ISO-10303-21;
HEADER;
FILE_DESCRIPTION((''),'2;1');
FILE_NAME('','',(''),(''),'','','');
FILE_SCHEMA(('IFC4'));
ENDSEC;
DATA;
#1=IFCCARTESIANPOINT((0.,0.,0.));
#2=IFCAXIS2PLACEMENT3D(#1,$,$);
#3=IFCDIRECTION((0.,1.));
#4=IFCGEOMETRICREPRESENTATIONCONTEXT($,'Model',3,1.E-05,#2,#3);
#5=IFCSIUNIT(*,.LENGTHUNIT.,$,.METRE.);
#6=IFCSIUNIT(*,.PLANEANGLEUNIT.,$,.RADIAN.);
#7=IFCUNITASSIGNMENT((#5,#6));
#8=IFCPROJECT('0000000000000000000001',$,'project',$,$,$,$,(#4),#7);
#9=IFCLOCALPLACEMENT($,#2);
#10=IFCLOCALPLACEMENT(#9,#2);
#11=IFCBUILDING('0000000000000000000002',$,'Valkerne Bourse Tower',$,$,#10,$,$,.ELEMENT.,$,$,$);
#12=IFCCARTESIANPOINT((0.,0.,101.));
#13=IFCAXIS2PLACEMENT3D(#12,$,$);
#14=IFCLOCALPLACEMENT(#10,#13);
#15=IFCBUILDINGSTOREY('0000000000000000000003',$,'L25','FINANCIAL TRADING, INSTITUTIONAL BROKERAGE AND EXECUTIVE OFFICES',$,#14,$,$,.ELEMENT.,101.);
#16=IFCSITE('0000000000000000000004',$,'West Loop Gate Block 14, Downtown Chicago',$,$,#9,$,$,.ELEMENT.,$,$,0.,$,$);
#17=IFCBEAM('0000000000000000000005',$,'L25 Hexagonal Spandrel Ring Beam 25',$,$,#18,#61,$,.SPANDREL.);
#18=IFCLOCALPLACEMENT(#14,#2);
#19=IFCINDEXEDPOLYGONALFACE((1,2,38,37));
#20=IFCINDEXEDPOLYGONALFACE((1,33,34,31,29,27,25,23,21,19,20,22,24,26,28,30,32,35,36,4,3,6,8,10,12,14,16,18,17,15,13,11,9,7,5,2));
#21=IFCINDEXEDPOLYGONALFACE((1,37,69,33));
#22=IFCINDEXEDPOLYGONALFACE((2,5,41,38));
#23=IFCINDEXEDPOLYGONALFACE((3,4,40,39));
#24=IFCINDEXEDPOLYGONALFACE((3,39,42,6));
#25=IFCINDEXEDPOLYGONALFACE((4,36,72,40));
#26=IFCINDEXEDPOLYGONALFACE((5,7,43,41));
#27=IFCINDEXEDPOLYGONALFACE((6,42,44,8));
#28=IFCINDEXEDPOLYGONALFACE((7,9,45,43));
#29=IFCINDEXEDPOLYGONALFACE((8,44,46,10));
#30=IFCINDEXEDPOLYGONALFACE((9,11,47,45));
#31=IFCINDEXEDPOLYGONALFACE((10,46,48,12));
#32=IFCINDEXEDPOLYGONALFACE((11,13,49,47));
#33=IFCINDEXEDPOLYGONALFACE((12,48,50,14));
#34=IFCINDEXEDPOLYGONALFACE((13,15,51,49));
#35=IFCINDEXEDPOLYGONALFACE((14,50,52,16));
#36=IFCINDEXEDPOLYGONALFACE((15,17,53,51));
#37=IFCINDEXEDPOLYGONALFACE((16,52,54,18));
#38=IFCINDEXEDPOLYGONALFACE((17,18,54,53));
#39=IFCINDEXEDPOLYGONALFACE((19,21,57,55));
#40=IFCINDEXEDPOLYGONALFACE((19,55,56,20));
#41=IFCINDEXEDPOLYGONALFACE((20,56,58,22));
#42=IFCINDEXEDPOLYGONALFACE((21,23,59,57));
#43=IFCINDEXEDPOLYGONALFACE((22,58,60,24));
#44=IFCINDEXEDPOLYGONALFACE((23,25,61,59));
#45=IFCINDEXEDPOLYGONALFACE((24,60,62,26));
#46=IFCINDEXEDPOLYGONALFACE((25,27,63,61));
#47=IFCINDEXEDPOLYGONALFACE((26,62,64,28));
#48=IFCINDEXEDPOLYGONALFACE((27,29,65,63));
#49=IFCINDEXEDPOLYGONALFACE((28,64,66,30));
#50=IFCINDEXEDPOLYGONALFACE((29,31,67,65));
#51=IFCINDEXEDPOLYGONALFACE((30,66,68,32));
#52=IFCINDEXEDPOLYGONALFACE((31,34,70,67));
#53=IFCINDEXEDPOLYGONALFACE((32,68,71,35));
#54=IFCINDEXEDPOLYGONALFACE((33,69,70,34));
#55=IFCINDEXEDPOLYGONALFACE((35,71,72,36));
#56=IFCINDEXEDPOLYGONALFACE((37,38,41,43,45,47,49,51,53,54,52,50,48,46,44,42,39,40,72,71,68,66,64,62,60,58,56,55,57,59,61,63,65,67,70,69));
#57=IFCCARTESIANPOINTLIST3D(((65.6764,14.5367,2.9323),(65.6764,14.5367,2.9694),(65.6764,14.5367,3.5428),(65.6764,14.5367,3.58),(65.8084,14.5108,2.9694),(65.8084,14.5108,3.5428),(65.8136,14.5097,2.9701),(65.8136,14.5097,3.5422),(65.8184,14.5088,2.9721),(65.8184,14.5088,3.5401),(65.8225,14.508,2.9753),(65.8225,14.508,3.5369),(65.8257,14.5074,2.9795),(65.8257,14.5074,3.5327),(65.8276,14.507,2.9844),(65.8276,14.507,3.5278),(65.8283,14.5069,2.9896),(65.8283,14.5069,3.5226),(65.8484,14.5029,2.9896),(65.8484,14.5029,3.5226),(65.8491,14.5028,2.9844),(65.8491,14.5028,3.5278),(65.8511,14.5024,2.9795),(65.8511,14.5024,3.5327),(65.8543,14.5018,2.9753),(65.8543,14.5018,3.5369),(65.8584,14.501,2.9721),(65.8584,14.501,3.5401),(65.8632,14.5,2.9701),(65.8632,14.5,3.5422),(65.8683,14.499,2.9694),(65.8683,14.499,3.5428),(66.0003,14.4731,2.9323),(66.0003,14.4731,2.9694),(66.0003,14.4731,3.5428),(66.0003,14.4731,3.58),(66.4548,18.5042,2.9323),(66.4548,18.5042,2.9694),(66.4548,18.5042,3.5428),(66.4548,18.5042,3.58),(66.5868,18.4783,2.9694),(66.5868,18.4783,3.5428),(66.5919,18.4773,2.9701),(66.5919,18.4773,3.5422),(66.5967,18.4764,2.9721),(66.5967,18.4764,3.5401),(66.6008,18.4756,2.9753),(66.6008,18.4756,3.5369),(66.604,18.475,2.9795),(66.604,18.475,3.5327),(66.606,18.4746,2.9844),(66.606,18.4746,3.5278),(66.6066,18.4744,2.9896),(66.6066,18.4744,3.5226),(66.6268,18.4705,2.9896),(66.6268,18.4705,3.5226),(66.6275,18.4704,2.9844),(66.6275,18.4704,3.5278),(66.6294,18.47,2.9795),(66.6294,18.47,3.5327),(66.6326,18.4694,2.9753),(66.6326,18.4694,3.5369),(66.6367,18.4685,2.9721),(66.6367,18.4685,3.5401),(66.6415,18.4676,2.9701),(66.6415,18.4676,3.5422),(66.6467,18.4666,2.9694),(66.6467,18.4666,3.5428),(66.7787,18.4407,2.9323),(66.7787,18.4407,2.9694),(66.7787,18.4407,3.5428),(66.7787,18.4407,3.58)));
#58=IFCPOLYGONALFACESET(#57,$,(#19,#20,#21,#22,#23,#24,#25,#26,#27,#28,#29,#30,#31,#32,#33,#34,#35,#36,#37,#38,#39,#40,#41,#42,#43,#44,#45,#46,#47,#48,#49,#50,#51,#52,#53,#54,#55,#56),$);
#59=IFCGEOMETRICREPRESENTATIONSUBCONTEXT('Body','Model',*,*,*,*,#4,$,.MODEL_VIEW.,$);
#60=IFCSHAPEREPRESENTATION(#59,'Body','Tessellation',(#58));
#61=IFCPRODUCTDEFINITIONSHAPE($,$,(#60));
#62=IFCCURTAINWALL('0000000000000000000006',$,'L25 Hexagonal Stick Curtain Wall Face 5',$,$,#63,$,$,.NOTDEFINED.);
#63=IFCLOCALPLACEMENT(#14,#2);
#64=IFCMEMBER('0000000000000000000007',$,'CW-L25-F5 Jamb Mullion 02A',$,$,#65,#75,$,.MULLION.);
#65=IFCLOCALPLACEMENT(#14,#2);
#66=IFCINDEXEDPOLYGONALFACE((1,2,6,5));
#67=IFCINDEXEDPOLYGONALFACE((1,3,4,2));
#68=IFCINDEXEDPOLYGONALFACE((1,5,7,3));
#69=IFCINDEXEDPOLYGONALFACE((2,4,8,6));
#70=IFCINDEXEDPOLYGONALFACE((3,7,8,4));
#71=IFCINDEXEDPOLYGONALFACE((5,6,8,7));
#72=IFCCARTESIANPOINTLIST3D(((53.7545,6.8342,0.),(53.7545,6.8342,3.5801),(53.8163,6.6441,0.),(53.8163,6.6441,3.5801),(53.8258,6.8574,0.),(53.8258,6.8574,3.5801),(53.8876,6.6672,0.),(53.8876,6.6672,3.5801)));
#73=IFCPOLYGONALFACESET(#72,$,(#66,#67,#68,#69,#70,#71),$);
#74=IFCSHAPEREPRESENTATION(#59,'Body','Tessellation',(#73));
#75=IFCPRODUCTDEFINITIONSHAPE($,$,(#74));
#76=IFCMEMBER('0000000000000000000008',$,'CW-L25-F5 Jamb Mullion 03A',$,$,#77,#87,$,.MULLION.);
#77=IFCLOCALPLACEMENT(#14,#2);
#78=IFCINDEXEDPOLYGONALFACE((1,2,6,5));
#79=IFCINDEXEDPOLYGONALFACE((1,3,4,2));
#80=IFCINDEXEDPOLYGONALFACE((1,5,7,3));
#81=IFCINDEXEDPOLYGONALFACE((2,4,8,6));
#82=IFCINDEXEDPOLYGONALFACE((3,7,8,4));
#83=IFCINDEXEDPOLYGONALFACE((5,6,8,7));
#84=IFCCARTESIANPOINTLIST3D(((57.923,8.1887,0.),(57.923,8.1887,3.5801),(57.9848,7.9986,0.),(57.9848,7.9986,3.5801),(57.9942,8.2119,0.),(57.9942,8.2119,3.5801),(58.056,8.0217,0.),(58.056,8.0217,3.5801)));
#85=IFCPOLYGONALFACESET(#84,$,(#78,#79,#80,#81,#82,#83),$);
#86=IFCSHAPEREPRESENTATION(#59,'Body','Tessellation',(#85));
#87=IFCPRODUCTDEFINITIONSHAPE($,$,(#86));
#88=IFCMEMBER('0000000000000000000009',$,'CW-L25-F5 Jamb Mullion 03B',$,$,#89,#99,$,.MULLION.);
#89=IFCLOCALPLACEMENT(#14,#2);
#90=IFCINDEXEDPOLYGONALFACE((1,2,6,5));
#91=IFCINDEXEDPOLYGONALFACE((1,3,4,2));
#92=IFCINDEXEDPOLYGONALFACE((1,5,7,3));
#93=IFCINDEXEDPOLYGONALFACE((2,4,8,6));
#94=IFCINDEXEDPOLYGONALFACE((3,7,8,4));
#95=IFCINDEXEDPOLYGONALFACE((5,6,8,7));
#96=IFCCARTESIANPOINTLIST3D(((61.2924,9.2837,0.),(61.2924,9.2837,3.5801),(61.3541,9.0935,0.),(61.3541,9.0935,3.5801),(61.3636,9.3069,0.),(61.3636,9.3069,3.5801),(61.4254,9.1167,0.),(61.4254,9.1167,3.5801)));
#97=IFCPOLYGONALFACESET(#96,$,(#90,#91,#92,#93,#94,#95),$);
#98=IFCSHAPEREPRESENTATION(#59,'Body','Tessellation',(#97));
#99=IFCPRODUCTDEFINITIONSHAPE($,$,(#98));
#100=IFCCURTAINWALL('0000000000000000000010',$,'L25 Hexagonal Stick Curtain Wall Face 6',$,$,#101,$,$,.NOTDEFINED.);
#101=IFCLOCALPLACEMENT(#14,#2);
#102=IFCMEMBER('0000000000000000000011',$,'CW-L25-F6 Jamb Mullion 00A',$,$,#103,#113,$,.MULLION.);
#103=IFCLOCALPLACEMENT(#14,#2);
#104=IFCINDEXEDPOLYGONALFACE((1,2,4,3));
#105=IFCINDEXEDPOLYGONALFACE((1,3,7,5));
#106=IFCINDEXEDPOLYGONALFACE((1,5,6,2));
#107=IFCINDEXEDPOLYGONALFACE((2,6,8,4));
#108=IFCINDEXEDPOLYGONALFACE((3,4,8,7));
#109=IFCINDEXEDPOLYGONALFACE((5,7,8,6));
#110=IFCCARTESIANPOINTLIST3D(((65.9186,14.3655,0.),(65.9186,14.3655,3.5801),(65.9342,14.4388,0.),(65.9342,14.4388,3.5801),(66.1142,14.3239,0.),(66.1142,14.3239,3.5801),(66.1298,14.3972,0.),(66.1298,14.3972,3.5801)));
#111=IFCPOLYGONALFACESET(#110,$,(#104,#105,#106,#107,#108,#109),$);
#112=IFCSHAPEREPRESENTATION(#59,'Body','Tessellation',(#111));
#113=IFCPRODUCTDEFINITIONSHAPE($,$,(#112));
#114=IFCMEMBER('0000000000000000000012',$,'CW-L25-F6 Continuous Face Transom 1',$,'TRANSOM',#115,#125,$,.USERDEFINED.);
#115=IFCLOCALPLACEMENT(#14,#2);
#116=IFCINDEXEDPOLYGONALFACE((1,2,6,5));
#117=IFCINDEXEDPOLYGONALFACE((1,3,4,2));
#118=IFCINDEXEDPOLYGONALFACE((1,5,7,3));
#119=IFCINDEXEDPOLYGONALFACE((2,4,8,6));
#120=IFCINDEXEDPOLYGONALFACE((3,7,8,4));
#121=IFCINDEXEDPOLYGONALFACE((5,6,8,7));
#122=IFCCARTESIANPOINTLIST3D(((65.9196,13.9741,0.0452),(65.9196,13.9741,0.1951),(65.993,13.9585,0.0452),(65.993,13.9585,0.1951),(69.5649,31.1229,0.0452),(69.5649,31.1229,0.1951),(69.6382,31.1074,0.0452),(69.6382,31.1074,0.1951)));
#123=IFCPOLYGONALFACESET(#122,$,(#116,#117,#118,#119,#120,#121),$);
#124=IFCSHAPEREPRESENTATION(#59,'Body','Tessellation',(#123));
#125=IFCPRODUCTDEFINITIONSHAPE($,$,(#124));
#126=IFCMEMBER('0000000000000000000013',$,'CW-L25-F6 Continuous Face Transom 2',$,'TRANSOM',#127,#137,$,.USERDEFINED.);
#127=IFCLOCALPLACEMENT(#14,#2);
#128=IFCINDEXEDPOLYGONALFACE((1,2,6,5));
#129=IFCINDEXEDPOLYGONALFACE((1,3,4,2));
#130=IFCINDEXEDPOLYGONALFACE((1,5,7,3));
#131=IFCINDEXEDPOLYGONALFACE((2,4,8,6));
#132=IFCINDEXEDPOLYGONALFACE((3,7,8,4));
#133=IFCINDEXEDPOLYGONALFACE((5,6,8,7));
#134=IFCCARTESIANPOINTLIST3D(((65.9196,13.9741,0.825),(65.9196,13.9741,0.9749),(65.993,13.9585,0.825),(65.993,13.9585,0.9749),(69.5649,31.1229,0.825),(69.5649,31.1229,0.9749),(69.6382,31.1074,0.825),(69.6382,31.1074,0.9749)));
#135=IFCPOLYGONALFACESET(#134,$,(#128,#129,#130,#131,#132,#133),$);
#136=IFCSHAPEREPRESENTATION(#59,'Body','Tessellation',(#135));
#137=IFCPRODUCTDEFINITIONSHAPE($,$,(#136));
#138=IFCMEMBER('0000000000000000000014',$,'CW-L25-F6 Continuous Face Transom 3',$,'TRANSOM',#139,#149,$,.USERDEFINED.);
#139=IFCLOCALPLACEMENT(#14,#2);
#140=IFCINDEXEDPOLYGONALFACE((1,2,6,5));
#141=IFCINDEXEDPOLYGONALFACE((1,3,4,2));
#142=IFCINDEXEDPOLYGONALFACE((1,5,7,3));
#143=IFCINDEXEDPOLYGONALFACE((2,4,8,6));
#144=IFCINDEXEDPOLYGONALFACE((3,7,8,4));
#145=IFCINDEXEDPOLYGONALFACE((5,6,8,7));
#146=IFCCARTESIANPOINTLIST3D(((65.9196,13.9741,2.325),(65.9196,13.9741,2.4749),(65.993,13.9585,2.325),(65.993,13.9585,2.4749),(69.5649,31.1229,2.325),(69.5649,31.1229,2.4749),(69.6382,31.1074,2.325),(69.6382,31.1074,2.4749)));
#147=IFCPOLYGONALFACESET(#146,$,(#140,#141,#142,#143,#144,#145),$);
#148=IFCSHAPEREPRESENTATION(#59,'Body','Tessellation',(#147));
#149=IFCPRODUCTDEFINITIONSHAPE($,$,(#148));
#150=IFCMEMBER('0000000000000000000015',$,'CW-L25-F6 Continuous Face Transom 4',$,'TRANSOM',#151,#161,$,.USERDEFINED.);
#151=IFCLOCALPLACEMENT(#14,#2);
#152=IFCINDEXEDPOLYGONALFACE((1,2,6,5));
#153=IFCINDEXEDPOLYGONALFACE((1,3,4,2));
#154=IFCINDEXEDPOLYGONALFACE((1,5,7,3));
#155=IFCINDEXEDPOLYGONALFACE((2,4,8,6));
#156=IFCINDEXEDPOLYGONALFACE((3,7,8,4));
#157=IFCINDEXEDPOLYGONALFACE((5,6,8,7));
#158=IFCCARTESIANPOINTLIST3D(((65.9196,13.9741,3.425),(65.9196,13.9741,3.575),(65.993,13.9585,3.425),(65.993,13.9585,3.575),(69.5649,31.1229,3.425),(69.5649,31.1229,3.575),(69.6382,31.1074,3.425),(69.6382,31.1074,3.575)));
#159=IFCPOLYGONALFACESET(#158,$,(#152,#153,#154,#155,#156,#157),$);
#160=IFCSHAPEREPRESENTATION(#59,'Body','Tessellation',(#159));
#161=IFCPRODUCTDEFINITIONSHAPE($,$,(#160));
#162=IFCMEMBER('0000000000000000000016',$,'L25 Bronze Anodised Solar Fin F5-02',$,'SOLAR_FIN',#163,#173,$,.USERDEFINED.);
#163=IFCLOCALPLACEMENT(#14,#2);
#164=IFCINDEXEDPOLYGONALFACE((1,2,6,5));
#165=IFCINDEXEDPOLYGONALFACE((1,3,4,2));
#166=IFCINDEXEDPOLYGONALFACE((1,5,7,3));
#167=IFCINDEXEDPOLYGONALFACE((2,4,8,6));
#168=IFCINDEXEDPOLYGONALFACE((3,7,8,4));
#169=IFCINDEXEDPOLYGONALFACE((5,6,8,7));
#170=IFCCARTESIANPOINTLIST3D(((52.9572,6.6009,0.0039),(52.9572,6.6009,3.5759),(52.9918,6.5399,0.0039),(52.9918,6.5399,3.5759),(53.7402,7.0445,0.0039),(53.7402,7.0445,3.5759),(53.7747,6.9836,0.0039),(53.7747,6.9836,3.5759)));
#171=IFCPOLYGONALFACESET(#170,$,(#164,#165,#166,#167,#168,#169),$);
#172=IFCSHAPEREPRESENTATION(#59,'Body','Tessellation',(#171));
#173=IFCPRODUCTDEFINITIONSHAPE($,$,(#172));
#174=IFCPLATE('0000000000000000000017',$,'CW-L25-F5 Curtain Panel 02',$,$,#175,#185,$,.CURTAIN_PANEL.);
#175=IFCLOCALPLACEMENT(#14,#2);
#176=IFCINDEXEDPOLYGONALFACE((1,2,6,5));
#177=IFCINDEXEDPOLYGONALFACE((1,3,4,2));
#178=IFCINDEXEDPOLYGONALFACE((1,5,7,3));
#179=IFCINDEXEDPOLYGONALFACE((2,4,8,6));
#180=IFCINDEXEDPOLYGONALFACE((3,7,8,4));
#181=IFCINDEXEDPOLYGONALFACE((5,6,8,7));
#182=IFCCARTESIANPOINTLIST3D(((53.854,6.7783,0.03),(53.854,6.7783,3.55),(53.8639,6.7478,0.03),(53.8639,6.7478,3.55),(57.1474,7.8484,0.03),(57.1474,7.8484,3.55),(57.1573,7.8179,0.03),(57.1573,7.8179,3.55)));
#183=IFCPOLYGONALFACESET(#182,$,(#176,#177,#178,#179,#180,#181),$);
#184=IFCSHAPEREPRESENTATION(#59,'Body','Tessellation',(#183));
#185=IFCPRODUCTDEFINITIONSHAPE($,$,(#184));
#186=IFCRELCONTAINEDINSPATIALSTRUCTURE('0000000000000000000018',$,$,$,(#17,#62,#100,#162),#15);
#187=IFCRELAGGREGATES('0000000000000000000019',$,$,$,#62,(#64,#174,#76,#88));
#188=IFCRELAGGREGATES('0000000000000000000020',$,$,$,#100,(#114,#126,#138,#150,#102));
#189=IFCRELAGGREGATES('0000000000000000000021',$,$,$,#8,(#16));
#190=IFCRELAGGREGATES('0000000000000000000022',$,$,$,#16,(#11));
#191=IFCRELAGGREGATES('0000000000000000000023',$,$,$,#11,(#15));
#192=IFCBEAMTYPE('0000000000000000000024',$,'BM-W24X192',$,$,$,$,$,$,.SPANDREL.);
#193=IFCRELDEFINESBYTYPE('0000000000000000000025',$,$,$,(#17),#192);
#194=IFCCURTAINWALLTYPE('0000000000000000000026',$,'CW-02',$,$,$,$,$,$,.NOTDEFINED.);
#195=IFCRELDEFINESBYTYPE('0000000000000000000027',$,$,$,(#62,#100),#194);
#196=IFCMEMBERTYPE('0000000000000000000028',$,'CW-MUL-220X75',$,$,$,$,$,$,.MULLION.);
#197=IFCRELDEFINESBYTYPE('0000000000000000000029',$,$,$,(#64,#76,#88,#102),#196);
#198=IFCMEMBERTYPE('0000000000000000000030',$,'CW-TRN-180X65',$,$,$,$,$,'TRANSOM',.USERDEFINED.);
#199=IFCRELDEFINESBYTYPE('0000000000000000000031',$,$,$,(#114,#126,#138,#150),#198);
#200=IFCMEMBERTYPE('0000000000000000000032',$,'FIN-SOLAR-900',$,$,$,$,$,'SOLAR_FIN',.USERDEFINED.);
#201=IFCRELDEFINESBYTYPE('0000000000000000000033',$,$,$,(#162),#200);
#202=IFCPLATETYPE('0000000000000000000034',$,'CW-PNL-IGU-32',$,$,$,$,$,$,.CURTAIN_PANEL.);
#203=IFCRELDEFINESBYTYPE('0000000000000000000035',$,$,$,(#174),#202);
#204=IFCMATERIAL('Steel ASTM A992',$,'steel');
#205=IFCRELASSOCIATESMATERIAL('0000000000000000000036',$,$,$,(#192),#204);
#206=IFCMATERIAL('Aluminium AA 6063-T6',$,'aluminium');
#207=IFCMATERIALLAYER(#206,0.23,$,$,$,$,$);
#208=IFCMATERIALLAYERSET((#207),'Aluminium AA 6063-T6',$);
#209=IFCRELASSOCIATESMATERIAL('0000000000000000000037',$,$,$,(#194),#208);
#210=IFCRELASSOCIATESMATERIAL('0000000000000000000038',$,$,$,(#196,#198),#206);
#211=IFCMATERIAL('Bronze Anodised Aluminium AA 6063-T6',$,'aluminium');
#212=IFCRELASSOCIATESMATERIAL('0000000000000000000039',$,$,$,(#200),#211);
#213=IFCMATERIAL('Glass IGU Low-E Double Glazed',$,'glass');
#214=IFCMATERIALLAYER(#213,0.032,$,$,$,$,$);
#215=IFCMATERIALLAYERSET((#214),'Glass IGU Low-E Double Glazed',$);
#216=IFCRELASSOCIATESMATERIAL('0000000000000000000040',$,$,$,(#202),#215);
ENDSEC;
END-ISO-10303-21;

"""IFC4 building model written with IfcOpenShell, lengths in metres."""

from ifc_helpers import new_model, si_unit, direction, frame, origin, origin_2d, place, context, subcontext, project, spatial, rectangle, i_section, extrude, material, layer, layer_set, material_profile, profile_set, type_object, element, aggregate, save


model = new_model("IFC4")

# Units and contexts
model_context = context("Model", 3, precision=1e-05, world=origin(), true_north=direction((0.0, 1.0)))
body_context = subcontext(model_context, "Body", "Model", "MODEL_VIEW")
ifc_project = project(units=[si_unit("LENGTHUNIT", "METRE"), si_unit("PLANEANGLEUNIT", "RADIAN")], contexts=[model_context])

# Site, building, storey
site_placement = place(None, origin())
site = spatial("IfcSite", under=ifc_project, at=site_placement, Name="West Loop Gate Block 14, Downtown Chicago", CompositionType="ELEMENT", RefElevation=0.0)
building_placement = place(site_placement, origin())
building = spatial("IfcBuilding", under=site, at=building_placement, Name="Valkerne Bourse Tower", CompositionType="ELEMENT")
storey_placement = place(building_placement, frame((0.0, 0.0, 101.0)))
storey = spatial("IfcBuildingStorey", under=building, at=storey_placement, Name="L25", Description="FINANCIAL TRADING, INSTITUTIONAL BROKERAGE AND EXECUTIVE OFFICES", CompositionType="ELEMENT", Elevation=101.0)

# Beam
ifc_material_1 = material(Name="Steel ASTM A992", Category="steel")
ifc_material_profile_1 = material_profile(ifc_material_1, i_section(OverallWidth=0.3301, OverallDepth=0.6477, WebThickness=0.0205, FlangeThickness=0.0371, FilletRadius=0.0203, at=origin_2d()), Name="W24X192")
ifc_profile_set_1 = profile_set([ifc_material_profile_1], Name="Steel ASTM A992")
beam_type = type_object("IfcBeamType", Name="BM-W24X192", PredefinedType="SPANDREL", material=ifc_profile_set_1)
beam_1_placement = place(storey_placement, frame((65.8384, 14.5049, 3.2561), z_axis=(0.192503, 0.981296, 0.0), x_axis=(-0.981296, 0.192503, 0.0)))
element("IfcBeam", 1, at=beam_1_placement, inside=storey, type_object=beam_type, Name="L25 Hexagonal Spandrel Ring Beam 25", PredefinedType="SPANDREL", context=body_context, shape_type="SweptSolid", body=[
    extrude(i_section(OverallWidth=0.3301, OverallDepth=0.6477, WebThickness=0.0205, FlangeThickness=0.0371, FilletRadius=0.0203, at=origin_2d()), origin(), (0.0, 0.0, 1.0), 4.0432),
])

# Curtain walls, members
ifc_material_2 = material(Name="Aluminium AA 6063-T6", Category="aluminium")
ifc_layer_1 = layer(ifc_material_2, 0.23)
ifc_layer_set_1 = layer_set([ifc_layer_1], Name="Aluminium AA 6063-T6")
curtain_wall_type = type_object("IfcCurtainWallType", Name="CW-02", PredefinedType="NOTDEFINED", material=ifc_layer_set_1)
curtain_wall_1_placement = place(storey_placement, origin())
curtain_wall_1 = element("IfcCurtainWall", 2, at=curtain_wall_1_placement, inside=storey, type_object=curtain_wall_type, Name="L25 Hexagonal Stick Curtain Wall Face 5", PredefinedType="NOTDEFINED")
ifc_material_profile_2 = material_profile(ifc_material_2, rectangle(XDim=0.075, YDim=0.2, at=origin_2d()), Name="CWM-75X200")
ifc_profile_set_2 = profile_set([ifc_material_profile_2], Name="Aluminium AA 6063-T6")
member_type_1 = type_object("IfcMemberType", Name="CW-MUL-220X75", PredefinedType="MULLION", material=ifc_profile_set_2)
member_1_placement = place(storey_placement, frame((53.821, 6.7507, 0.0), z_axis=(0.0, 0.0, 1.0), x_axis=(0.951056, 0.309018, 0.0)))
member_1 = element("IfcMember", 3, at=member_1_placement, type_object=member_type_1, Name="CW-L25-F5 Jamb Mullion 02A", PredefinedType="MULLION", context=body_context, shape_type="SweptSolid", body=[
    extrude(rectangle(XDim=0.075, YDim=0.2, at=origin_2d()), origin(), (0.0, 0.0, 1.0), 3.5801),
])
member_2_placement = place(storey_placement, frame((57.9895, 8.1052, 0.0), z_axis=(0.0, 0.0, 1.0), x_axis=(0.951058, 0.309011, 0.0)))
member_2 = element("IfcMember", 4, at=member_2_placement, type_object=member_type_1, Name="CW-L25-F5 Jamb Mullion 03A", PredefinedType="MULLION", context=body_context, shape_type="SweptSolid", body=[
    extrude(rectangle(XDim=0.075, YDim=0.2, at=origin_2d()), origin(), (0.0, 0.0, 1.0), 3.5801),
])
member_3_placement = place(storey_placement, frame((61.3589, 9.2002, 0.0), z_axis=(0.0, 0.0, 1.0), x_axis=(0.951058, 0.309011, 0.0)))
member_3 = element("IfcMember", 5, at=member_3_placement, type_object=member_type_1, Name="CW-L25-F5 Jamb Mullion 03B", PredefinedType="MULLION", context=body_context, shape_type="SweptSolid", body=[
    extrude(rectangle(XDim=0.075, YDim=0.2, at=origin_2d()), origin(), (0.0, 0.0, 1.0), 3.5801),
])
curtain_wall_2_placement = place(storey_placement, origin())
curtain_wall_2 = element("IfcCurtainWall", 6, at=curtain_wall_2_placement, inside=storey, type_object=curtain_wall_type, Name="L25 Hexagonal Stick Curtain Wall Face 6", PredefinedType="NOTDEFINED")
member_4_placement = place(storey_placement, frame((66.0242, 14.3813, 0.0), z_axis=(0.0, 0.0, 1.0), x_axis=(0.207918, 0.978146, 0.0)))
member_4 = element("IfcMember", 7, at=member_4_placement, type_object=member_type_1, Name="CW-L25-F6 Jamb Mullion 00A", PredefinedType="MULLION", context=body_context, shape_type="SweptSolid", body=[
    extrude(rectangle(XDim=0.075, YDim=0.2, at=origin_2d()), origin(), (0.0, 0.0, 1.0), 3.5801),
])
ifc_material_profile_3 = material_profile(ifc_material_2, rectangle(XDim=0.075, YDim=0.1499, at=origin_2d()), Name="CWT-75X150")
ifc_profile_set_3 = profile_set([ifc_material_profile_3], Name="Aluminium AA 6063-T6")
member_type_2 = type_object("IfcMemberType", Name="CW-TRN-180X65", ElementType="TRANSOM", PredefinedType="USERDEFINED", material=ifc_profile_set_3)
member_5_placement = place(storey_placement, frame((65.9563, 13.9663, 0.1201), z_axis=(0.20792, 0.978146, 0.0), x_axis=(-0.978146, 0.20792, 0.0)))
member_5 = element("IfcMember", 8, at=member_5_placement, type_object=member_type_2, Name="CW-L25-F6 Continuous Face Transom 1", ObjectType="TRANSOM", PredefinedType="USERDEFINED", context=body_context, shape_type="SweptSolid", body=[
    extrude(rectangle(XDim=0.075, YDim=0.1499, at=origin_2d()), origin(), (0.0, 0.0, 1.0), 17.532),
])
member_6_placement = place(storey_placement, frame((65.9563, 13.9663, 0.8999), z_axis=(0.20792, 0.978146, 0.0), x_axis=(-0.978146, 0.20792, 0.0)))
member_6 = element("IfcMember", 9, at=member_6_placement, type_object=member_type_2, Name="CW-L25-F6 Continuous Face Transom 2", ObjectType="TRANSOM", PredefinedType="USERDEFINED", context=body_context, shape_type="SweptSolid", body=[
    extrude(rectangle(XDim=0.075, YDim=0.1499, at=origin_2d()), origin(), (0.0, 0.0, 1.0), 17.532),
])
member_7_placement = place(storey_placement, frame((65.9563, 13.9663, 2.3999), z_axis=(0.20792, 0.978146, 0.0), x_axis=(-0.978146, 0.20792, 0.0)))
member_7 = element("IfcMember", 10, at=member_7_placement, type_object=member_type_2, Name="CW-L25-F6 Continuous Face Transom 3", ObjectType="TRANSOM", PredefinedType="USERDEFINED", context=body_context, shape_type="SweptSolid", body=[
    extrude(rectangle(XDim=0.075, YDim=0.1499, at=origin_2d()), origin(), (0.0, 0.0, 1.0), 17.532),
])
member_8_placement = place(storey_placement, frame((65.9563, 13.9663, 3.5), z_axis=(0.20792, 0.978146, 0.0), x_axis=(-0.978146, 0.20792, 0.0)))
member_8 = element("IfcMember", 11, at=member_8_placement, type_object=member_type_2, Name="CW-L25-F6 Continuous Face Transom 4", ObjectType="TRANSOM", PredefinedType="USERDEFINED", context=body_context, shape_type="SweptSolid", body=[
    extrude(rectangle(XDim=0.075, YDim=0.1499, at=origin_2d()), origin(), (0.0, 0.0, 1.0), 17.532),
])

# Member
ifc_material_3 = material(Name="Bronze Anodised Aluminium AA 6063-T6", Category="aluminium")
ifc_material_profile_4 = material_profile(ifc_material_3, rectangle(XDim=0.0701, YDim=0.8999, at=origin_2d()), Name="FIN-70X900")
ifc_profile_set_4 = profile_set([ifc_material_profile_4], Name="Bronze Anodised Aluminium AA 6063-T6")
member_type_3 = type_object("IfcMemberType", Name="FIN-SOLAR-900", ElementType="SOLAR_FIN", PredefinedType="USERDEFINED", material=ifc_profile_set_4)
member_9_placement = place(storey_placement, frame((53.366, 6.7922, 0.0039), z_axis=(0.0, 0.0, 1.0), x_axis=(0.492998, -0.87003, 0.0)))
element("IfcMember", 12, at=member_9_placement, inside=storey, type_object=member_type_3, Name="L25 Bronze Anodised Solar Fin F5-02", ObjectType="SOLAR_FIN", PredefinedType="USERDEFINED", context=body_context, shape_type="SweptSolid", body=[
    extrude(rectangle(XDim=0.0701, YDim=0.8999, at=origin_2d()), origin(), (0.0, 0.0, 1.0), 3.572),
])

# Plate
ifc_material_4 = material(Name="Glass IGU Low-E Double Glazed", Category="glass")
ifc_layer_2 = layer(ifc_material_4, 0.032)
ifc_layer_set_2 = layer_set([ifc_layer_2], Name="Glass IGU Low-E Double Glazed")
plate_type = type_object("IfcPlateType", Name="CW-PNL-IGU-32", PredefinedType="CURTAIN_PANEL", material=ifc_layer_set_2)
plate_1_placement = place(storey_placement, frame((55.5056, 7.2981, 0.03), z_axis=(0.0, 0.0, 1.0), x_axis=(0.951056, 0.309018, 0.0)))
plate_1 = element("IfcPlate", 13, at=plate_1_placement, type_object=plate_type, Name="CW-L25-F5 Curtain Panel 02", PredefinedType="CURTAIN_PANEL", context=body_context, shape_type="SweptSolid", body=[
    extrude(rectangle(XDim=3.4629, YDim=0.032, at=origin_2d()), origin(), (0.0, 0.0, 1.0), 3.52),
])
aggregate(curtain_wall_1, [member_1, plate_1, member_2, member_3])
aggregate(curtain_wall_2, [member_5, member_6, member_7, member_8, member_4])

save(model, "model.ifc")
